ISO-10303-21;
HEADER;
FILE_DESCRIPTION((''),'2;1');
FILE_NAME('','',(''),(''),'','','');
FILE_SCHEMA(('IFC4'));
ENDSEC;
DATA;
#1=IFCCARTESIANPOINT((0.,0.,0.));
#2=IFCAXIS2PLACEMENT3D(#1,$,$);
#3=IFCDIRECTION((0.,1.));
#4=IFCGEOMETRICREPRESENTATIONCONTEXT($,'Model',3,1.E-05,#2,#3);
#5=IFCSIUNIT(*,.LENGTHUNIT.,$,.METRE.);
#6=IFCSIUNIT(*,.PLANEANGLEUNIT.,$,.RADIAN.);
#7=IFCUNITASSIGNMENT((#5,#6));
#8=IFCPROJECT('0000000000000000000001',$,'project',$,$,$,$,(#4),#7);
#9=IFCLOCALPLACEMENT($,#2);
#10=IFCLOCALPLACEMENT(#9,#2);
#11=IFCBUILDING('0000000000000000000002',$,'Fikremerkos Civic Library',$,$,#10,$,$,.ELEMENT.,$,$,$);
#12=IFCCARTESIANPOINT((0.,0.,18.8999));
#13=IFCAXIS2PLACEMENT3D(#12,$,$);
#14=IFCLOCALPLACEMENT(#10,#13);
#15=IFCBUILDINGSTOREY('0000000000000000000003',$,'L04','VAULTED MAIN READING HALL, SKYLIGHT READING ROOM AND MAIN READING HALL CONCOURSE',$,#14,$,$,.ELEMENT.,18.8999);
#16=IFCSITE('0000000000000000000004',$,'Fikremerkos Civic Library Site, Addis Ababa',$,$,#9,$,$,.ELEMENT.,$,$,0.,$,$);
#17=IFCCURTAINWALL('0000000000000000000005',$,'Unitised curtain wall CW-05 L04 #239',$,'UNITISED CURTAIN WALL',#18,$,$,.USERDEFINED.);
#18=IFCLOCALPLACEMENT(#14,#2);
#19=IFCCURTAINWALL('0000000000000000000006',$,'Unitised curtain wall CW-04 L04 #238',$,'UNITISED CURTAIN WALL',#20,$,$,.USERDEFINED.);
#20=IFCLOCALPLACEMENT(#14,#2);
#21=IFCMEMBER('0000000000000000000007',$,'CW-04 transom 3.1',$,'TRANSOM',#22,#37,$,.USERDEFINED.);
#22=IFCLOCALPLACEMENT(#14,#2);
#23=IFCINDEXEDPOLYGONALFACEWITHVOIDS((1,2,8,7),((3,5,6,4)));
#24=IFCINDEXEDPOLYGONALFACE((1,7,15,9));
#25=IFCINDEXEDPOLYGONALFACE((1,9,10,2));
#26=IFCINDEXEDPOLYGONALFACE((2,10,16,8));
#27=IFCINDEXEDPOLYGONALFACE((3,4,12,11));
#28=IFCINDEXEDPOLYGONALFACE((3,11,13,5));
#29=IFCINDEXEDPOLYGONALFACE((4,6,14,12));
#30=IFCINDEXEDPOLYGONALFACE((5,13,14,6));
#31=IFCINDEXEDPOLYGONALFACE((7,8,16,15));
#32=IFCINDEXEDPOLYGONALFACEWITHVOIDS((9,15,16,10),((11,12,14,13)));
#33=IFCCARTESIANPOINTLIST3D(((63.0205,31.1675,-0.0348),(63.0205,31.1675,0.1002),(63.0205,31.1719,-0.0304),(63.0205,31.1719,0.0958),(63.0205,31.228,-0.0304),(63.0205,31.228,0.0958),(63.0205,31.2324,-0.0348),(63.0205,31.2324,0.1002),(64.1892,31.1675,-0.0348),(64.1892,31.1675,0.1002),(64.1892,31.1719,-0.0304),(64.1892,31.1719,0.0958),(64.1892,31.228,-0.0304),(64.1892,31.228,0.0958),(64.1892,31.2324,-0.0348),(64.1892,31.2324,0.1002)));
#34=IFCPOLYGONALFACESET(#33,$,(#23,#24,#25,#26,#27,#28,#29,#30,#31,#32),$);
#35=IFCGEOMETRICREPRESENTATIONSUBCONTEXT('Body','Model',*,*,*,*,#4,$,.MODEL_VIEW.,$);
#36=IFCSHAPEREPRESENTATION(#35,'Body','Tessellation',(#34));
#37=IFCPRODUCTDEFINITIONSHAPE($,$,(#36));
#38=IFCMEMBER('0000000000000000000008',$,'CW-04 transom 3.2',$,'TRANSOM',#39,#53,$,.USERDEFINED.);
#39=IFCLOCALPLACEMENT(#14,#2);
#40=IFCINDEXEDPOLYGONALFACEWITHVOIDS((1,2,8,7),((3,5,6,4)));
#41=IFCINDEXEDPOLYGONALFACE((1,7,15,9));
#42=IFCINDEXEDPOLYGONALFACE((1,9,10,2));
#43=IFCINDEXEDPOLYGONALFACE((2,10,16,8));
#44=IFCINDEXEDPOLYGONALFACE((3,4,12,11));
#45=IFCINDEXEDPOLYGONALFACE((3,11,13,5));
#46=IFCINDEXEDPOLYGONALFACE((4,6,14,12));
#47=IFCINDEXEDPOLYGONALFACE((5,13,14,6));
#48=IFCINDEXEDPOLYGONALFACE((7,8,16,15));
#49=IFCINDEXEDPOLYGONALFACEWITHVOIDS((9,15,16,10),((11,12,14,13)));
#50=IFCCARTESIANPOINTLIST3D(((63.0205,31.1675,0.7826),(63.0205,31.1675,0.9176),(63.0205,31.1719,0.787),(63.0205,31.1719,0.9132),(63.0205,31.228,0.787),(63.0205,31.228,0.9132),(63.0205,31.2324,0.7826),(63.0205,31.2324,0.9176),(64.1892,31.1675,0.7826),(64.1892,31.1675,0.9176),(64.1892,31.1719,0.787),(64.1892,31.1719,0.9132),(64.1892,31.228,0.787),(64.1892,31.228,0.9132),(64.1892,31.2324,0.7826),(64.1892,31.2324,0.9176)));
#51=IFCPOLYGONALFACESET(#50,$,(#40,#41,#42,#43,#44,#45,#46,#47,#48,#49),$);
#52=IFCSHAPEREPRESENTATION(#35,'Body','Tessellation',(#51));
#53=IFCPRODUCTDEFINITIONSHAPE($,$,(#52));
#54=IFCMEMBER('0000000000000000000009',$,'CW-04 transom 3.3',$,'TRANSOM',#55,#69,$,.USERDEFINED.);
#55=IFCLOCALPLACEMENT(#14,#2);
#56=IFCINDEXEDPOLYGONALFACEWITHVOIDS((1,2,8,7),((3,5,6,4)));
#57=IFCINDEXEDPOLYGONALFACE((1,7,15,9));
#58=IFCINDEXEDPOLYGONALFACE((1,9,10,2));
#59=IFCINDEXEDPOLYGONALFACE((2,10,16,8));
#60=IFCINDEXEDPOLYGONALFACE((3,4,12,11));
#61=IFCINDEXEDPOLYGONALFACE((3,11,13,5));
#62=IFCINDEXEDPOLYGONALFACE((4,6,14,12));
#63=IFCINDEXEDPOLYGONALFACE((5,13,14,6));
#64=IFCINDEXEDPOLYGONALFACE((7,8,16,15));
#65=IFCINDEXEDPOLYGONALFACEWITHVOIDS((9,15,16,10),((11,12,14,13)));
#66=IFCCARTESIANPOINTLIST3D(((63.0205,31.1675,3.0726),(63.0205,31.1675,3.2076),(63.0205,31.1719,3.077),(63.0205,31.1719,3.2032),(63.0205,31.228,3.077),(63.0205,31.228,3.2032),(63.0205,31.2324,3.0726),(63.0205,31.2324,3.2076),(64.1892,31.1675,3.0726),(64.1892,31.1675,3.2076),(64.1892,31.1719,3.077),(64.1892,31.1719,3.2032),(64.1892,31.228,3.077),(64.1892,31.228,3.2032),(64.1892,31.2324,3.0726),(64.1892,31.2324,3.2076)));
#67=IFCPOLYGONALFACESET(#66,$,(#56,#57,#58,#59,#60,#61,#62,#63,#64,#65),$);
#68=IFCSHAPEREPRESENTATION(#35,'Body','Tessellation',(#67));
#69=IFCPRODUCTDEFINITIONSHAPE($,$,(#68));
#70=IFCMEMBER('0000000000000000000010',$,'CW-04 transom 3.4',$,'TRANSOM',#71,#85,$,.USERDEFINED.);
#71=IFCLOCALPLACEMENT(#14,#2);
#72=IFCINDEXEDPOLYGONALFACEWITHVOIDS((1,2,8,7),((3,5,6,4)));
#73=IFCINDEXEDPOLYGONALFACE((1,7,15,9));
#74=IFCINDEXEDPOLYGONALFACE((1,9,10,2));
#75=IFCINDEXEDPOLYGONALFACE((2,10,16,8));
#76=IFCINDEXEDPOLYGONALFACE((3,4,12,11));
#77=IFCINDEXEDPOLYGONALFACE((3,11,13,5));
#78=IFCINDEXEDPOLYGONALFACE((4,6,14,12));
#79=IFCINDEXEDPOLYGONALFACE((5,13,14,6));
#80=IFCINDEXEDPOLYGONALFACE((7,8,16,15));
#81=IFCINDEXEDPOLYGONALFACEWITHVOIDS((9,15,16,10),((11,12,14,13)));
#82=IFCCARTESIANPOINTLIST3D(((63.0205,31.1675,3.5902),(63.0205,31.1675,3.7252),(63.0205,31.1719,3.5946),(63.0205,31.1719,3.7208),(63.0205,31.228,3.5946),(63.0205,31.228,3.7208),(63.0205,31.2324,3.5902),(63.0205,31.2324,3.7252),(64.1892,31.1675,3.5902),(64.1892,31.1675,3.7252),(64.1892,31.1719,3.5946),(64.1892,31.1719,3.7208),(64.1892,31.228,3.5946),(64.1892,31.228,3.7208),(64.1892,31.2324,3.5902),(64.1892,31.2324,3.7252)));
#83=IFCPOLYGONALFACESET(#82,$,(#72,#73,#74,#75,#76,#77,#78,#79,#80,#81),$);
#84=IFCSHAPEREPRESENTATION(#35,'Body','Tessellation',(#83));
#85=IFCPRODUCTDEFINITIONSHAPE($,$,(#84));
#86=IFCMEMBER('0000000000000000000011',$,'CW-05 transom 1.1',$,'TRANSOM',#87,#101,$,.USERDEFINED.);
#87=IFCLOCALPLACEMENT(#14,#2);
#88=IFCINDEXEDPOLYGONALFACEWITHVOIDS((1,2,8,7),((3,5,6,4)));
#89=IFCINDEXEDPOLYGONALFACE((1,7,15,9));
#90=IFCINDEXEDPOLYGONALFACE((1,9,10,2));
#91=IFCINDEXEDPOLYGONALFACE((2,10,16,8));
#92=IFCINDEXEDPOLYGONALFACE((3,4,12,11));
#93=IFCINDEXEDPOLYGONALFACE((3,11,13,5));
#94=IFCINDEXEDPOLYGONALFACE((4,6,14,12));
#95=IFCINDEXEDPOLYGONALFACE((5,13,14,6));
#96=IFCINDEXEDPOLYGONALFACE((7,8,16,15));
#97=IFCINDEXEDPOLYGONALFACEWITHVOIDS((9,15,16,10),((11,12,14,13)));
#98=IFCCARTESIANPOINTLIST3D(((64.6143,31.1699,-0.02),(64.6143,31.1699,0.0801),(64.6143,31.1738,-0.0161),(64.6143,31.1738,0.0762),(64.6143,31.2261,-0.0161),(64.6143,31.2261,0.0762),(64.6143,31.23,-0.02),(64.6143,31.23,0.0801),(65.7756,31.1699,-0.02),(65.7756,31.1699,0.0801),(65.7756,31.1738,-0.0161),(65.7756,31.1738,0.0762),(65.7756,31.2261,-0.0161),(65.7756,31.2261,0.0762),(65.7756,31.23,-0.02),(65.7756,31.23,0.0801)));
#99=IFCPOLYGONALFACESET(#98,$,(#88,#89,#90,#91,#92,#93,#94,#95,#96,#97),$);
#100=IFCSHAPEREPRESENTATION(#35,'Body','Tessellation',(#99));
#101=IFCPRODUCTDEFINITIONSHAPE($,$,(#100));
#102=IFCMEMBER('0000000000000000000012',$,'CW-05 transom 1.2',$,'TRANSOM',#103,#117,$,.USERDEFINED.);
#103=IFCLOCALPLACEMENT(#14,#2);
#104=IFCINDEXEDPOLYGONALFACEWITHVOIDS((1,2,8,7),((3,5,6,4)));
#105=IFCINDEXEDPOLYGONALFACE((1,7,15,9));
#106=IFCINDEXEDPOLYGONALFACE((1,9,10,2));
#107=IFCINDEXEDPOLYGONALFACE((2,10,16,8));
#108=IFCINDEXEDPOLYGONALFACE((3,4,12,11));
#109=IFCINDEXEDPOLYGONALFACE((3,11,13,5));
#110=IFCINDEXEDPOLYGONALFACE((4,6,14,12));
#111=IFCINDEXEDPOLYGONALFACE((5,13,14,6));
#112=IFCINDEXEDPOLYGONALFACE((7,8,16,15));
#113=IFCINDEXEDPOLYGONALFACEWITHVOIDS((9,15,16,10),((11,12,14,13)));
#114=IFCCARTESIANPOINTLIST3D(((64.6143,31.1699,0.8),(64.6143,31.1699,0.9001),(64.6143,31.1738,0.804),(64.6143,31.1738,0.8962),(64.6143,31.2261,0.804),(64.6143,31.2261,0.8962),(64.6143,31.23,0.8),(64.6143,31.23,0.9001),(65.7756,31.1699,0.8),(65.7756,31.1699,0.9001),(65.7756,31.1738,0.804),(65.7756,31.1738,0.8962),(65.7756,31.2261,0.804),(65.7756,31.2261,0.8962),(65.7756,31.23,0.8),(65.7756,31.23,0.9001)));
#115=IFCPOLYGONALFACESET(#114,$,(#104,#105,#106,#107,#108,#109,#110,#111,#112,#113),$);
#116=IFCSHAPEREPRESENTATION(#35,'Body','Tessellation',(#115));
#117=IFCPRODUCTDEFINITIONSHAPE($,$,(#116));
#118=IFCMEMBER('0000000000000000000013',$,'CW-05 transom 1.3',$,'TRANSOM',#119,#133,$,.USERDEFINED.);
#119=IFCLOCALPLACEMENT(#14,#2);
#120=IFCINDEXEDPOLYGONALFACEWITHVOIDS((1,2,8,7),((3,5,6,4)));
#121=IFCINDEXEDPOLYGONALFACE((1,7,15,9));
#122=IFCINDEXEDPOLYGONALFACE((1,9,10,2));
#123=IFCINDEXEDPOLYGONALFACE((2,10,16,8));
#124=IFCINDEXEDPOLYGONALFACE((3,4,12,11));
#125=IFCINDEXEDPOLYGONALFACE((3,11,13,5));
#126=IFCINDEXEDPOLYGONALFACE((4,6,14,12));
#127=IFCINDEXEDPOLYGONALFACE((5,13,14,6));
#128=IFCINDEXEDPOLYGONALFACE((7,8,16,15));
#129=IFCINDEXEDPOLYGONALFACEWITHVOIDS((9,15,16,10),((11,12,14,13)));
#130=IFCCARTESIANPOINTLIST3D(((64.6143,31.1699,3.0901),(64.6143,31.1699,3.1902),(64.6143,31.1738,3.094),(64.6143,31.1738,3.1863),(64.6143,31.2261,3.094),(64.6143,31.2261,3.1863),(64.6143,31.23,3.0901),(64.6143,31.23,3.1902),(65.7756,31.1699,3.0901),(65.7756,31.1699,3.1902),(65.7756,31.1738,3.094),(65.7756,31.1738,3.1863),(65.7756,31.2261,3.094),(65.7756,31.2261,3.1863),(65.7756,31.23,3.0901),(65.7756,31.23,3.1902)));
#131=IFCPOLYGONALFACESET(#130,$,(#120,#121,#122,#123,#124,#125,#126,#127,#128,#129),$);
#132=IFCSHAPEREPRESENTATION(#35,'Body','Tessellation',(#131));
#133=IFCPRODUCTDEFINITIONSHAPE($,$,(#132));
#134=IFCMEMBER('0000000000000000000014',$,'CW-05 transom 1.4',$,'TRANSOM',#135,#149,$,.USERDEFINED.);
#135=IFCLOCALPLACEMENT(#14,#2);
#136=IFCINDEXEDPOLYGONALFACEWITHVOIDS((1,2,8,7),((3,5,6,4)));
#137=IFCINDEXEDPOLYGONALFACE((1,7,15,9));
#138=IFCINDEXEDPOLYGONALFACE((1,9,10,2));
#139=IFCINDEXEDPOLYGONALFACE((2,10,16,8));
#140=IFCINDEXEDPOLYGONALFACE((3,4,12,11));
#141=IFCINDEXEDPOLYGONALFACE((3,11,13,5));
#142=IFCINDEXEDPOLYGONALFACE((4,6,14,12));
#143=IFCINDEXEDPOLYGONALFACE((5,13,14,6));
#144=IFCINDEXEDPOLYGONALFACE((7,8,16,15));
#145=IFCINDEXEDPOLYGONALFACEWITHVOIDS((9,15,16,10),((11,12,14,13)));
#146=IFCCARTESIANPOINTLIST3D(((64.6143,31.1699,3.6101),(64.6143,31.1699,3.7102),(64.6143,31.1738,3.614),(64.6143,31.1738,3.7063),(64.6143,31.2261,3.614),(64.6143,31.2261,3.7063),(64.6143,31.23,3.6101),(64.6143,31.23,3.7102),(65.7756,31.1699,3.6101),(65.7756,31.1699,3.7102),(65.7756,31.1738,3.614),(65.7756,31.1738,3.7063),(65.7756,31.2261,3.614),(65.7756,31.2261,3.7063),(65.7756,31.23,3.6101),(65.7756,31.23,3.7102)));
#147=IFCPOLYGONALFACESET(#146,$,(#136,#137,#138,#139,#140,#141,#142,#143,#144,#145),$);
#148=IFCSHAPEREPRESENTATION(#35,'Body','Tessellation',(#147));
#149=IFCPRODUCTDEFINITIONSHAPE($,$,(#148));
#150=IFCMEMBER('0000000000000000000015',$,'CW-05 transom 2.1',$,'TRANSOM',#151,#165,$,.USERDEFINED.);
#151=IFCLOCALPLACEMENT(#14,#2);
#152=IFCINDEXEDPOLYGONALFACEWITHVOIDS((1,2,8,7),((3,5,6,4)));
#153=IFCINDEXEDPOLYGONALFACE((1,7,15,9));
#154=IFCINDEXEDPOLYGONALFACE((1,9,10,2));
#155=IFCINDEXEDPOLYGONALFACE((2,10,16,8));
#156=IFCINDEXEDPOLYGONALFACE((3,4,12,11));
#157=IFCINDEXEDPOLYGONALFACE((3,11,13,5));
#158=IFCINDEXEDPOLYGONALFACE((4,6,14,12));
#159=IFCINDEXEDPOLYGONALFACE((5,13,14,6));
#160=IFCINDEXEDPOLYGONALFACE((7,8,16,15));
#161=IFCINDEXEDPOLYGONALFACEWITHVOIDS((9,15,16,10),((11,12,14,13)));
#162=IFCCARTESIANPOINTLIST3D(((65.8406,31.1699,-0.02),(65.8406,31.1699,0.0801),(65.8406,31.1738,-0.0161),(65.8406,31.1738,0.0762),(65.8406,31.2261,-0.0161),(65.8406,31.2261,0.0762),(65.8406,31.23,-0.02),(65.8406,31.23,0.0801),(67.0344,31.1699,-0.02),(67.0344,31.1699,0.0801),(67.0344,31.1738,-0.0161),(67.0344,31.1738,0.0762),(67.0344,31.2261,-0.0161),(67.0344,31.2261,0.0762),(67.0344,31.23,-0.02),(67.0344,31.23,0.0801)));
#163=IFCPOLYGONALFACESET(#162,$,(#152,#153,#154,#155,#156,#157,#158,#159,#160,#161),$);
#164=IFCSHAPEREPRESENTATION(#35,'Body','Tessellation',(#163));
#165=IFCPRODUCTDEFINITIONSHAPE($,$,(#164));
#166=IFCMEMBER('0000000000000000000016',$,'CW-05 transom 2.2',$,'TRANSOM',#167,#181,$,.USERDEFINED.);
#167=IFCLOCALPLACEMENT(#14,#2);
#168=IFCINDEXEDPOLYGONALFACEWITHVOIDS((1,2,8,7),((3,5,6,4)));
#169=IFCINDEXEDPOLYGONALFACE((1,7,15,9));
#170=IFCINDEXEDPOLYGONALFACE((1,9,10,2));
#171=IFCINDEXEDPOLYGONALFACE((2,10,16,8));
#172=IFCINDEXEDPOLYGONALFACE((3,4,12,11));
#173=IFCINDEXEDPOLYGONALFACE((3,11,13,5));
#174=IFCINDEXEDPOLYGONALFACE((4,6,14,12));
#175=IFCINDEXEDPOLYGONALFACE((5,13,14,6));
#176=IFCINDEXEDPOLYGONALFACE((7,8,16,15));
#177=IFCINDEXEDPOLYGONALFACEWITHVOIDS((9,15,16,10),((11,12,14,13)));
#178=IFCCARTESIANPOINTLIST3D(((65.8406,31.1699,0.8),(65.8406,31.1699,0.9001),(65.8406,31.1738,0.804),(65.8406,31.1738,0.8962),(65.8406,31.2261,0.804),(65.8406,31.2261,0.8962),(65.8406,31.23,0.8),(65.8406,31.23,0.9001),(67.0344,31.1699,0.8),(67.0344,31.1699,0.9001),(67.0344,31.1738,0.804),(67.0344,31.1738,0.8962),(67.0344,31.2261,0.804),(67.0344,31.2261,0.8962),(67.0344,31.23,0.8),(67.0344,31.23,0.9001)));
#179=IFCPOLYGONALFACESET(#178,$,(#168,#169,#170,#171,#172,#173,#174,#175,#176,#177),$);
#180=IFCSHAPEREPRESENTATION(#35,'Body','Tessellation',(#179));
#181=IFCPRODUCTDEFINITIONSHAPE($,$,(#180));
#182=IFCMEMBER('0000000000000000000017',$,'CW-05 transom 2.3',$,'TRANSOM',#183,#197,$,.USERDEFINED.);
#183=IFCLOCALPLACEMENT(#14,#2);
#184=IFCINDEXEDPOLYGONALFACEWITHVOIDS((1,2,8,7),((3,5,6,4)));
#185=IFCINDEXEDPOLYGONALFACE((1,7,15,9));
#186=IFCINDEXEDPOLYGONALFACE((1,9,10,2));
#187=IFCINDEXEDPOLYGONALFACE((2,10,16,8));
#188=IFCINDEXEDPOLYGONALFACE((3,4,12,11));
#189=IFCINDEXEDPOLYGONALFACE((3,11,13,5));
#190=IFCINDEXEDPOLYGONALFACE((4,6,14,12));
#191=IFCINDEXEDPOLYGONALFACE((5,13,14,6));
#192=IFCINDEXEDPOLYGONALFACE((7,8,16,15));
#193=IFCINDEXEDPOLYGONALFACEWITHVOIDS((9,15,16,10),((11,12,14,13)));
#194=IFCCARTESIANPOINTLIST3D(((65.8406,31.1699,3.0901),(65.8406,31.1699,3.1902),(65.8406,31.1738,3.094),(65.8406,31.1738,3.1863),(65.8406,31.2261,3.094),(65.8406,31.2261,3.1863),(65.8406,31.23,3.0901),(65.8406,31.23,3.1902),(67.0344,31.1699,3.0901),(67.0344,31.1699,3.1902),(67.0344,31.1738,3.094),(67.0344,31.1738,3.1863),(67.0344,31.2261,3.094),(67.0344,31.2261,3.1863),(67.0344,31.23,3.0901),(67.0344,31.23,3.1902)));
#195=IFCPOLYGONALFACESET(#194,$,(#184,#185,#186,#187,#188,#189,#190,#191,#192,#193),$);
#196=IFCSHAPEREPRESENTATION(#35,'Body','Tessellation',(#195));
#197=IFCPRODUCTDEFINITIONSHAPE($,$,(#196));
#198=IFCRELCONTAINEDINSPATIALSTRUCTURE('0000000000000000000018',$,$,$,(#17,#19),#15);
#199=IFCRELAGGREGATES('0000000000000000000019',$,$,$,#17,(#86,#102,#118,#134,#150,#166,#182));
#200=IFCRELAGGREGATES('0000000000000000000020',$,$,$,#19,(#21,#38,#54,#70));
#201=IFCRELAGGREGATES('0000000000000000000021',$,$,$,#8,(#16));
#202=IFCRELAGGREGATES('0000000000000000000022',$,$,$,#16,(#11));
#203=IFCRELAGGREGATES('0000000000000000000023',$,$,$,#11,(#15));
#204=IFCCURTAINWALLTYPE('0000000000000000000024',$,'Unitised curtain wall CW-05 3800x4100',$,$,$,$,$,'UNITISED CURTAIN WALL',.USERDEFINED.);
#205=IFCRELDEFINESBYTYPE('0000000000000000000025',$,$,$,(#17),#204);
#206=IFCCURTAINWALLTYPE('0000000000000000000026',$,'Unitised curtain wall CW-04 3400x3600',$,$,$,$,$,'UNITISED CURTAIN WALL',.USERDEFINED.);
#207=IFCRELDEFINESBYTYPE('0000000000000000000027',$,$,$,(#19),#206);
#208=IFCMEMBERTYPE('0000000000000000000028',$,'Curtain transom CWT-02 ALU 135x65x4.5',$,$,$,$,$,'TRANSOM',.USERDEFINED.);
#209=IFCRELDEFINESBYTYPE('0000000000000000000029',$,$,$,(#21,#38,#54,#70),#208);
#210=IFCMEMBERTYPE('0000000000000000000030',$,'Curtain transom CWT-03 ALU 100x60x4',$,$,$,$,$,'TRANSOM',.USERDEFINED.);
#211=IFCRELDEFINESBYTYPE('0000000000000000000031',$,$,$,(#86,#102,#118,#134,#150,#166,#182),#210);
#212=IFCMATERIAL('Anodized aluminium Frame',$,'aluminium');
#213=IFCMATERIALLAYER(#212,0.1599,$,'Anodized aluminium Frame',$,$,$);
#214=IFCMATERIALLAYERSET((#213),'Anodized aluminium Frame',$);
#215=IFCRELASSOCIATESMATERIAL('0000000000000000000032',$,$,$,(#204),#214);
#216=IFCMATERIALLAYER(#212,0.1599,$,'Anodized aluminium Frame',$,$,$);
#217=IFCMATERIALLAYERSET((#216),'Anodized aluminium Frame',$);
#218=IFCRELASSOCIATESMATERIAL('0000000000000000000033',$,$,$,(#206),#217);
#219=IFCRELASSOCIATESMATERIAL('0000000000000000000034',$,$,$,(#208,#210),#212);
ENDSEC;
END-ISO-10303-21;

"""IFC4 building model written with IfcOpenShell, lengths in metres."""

from ifc_helpers import new_model, si_unit, direction, frame, origin, origin_2d, place, context, subcontext, project, spatial, hollow_rectangle, extrude, material, layer, layer_set, material_profile, profile_set, type_object, element, aggregate, save


model = new_model("IFC4")

# Units and contexts
model_context = context("Model", 3, precision=1e-05, world=origin(), true_north=direction((0.0, 1.0)))
body_context = subcontext(model_context, "Body", "Model", "MODEL_VIEW")
ifc_project = project(units=[si_unit("LENGTHUNIT", "METRE"), si_unit("PLANEANGLEUNIT", "RADIAN")], contexts=[model_context])

# Site, building, storey
site_placement = place(None, origin())
site = spatial("IfcSite", under=ifc_project, at=site_placement, Name="Fikremerkos Civic Library Site, Addis Ababa", CompositionType="ELEMENT", RefElevation=0.0)
building_placement = place(site_placement, origin())
building = spatial("IfcBuilding", under=site, at=building_placement, Name="Fikremerkos Civic Library", CompositionType="ELEMENT")
storey_placement = place(building_placement, frame((0.0, 0.0, 18.8999)))
storey = spatial("IfcBuildingStorey", under=building, at=storey_placement, Name="L04", Description="VAULTED MAIN READING HALL, SKYLIGHT READING ROOM AND MAIN READING HALL CONCOURSE", CompositionType="ELEMENT", Elevation=18.8999)

# Curtain walls, members
ifc_material_1 = material(Name="Anodized aluminium Frame", Category="aluminium")
ifc_layer_1 = layer(ifc_material_1, 0.1599, Name="Anodized aluminium Frame")
ifc_layer_set_1 = layer_set([ifc_layer_1], Name="Anodized aluminium Frame")
curtain_wall_type_1 = type_object("IfcCurtainWallType", Name="Unitised curtain wall CW-05 3800x4100", ElementType="UNITISED CURTAIN WALL", PredefinedType="USERDEFINED", material=ifc_layer_set_1)
curtain_wall_1_placement = place(storey_placement, origin())
curtain_wall_1 = element("IfcCurtainWall", 1, at=curtain_wall_1_placement, inside=storey, type_object=curtain_wall_type_1, Name="Unitised curtain wall CW-05 L04 #239", ObjectType="UNITISED CURTAIN WALL", PredefinedType="USERDEFINED")
ifc_layer_2 = layer(ifc_material_1, 0.1599, Name="Anodized aluminium Frame")
ifc_layer_set_2 = layer_set([ifc_layer_2], Name="Anodized aluminium Frame")
curtain_wall_type_2 = type_object("IfcCurtainWallType", Name="Unitised curtain wall CW-04 3400x3600", ElementType="UNITISED CURTAIN WALL", PredefinedType="USERDEFINED", material=ifc_layer_set_2)
curtain_wall_2_placement = place(storey_placement, origin())
curtain_wall_2 = element("IfcCurtainWall", 2, at=curtain_wall_2_placement, inside=storey, type_object=curtain_wall_type_2, Name="Unitised curtain wall CW-04 L04 #238", ObjectType="UNITISED CURTAIN WALL", PredefinedType="USERDEFINED")
ifc_material_profile_1 = material_profile(ifc_material_1, hollow_rectangle(XDim=0.0649, YDim=0.135, WallThickness=0.0044, at=origin_2d()), Name="ALU 135x65x4.5")
ifc_profile_set_1 = profile_set([ifc_material_profile_1], Name="Anodized aluminium Frame")
member_type_1 = type_object("IfcMemberType", Name="Curtain transom CWT-02 ALU 135x65x4.5", ElementType="TRANSOM", PredefinedType="USERDEFINED", material=ifc_profile_set_1)
member_1_placement = place(storey_placement, frame((63.0205, 31.2, 0.0327), z_axis=(1.0, 0.0, 0.0), x_axis=(0.0, 1.0, 0.0)))
member_1 = element("IfcMember", 3, at=member_1_placement, type_object=member_type_1, Name="CW-04 transom 3.1", ObjectType="TRANSOM", PredefinedType="USERDEFINED", context=body_context, shape_type="SweptSolid", body=[
    extrude(hollow_rectangle(XDim=0.0649, YDim=0.135, WallThickness=0.0044, at=origin_2d()), origin(), (0.0, 0.0, 1.0), 1.1687),
])
member_2_placement = place(storey_placement, frame((63.0205, 31.2, 0.8501), z_axis=(1.0, 0.0, 0.0), x_axis=(0.0, 1.0, 0.0)))
member_2 = element("IfcMember", 4, at=member_2_placement, type_object=member_type_1, Name="CW-04 transom 3.2", ObjectType="TRANSOM", PredefinedType="USERDEFINED", context=body_context, shape_type="SweptSolid", body=[
    extrude(hollow_rectangle(XDim=0.0649, YDim=0.135, WallThickness=0.0044, at=origin_2d()), origin(), (0.0, 0.0, 1.0), 1.1687),
])
member_3_placement = place(storey_placement, frame((63.0205, 31.2, 3.1401), z_axis=(1.0, 0.0, 0.0), x_axis=(0.0, 1.0, 0.0)))
member_3 = element("IfcMember", 5, at=member_3_placement, type_object=member_type_1, Name="CW-04 transom 3.3", ObjectType="TRANSOM", PredefinedType="USERDEFINED", context=body_context, shape_type="SweptSolid", body=[
    extrude(hollow_rectangle(XDim=0.0649, YDim=0.135, WallThickness=0.0044, at=origin_2d()), origin(), (0.0, 0.0, 1.0), 1.1687),
])
member_4_placement = place(storey_placement, frame((63.0205, 31.2, 3.6577), z_axis=(1.0, 0.0, 0.0), x_axis=(0.0, 1.0, 0.0)))
member_4 = element("IfcMember", 6, at=member_4_placement, type_object=member_type_1, Name="CW-04 transom 3.4", ObjectType="TRANSOM", PredefinedType="USERDEFINED", context=body_context, shape_type="SweptSolid", body=[
    extrude(hollow_rectangle(XDim=0.0649, YDim=0.135, WallThickness=0.0044, at=origin_2d()), origin(), (0.0, 0.0, 1.0), 1.1687),
])

# Members
ifc_material_profile_2 = material_profile(ifc_material_1, hollow_rectangle(XDim=0.0601, YDim=0.1001, WallThickness=0.0039, at=origin_2d()), Name="ALU 100x60x4")
ifc_profile_set_2 = profile_set([ifc_material_profile_2], Name="Anodized aluminium Frame")
member_type_2 = type_object("IfcMemberType", Name="Curtain transom CWT-03 ALU 100x60x4", ElementType="TRANSOM", PredefinedType="USERDEFINED", material=ifc_profile_set_2)
member_5_placement = place(storey_placement, frame((64.6143, 31.2, 0.03), z_axis=(1.0, 0.0, 0.0), x_axis=(0.0, 1.0, 0.0)))
member_5 = element("IfcMember", 7, at=member_5_placement, type_object=member_type_2, Name="CW-05 transom 1.1", ObjectType="TRANSOM", PredefinedType="USERDEFINED", context=body_context, shape_type="SweptSolid", body=[
    extrude(hollow_rectangle(XDim=0.0601, YDim=0.1001, WallThickness=0.0039, at=origin_2d()), origin(), (0.0, 0.0, 1.0), 1.1614),
])
member_6_placement = place(storey_placement, frame((64.6143, 31.2, 0.8501), z_axis=(1.0, 0.0, 0.0), x_axis=(0.0, 1.0, 0.0)))
member_6 = element("IfcMember", 8, at=member_6_placement, type_object=member_type_2, Name="CW-05 transom 1.2", ObjectType="TRANSOM", PredefinedType="USERDEFINED", context=body_context, shape_type="SweptSolid", body=[
    extrude(hollow_rectangle(XDim=0.0601, YDim=0.1001, WallThickness=0.0039, at=origin_2d()), origin(), (0.0, 0.0, 1.0), 1.1614),
])
member_7_placement = place(storey_placement, frame((64.6143, 31.2, 3.1401), z_axis=(1.0, 0.0, 0.0), x_axis=(0.0, 1.0, 0.0)))
member_7 = element("IfcMember", 9, at=member_7_placement, type_object=member_type_2, Name="CW-05 transom 1.3", ObjectType="TRANSOM", PredefinedType="USERDEFINED", context=body_context, shape_type="SweptSolid", body=[
    extrude(hollow_rectangle(XDim=0.0601, YDim=0.1001, WallThickness=0.0039, at=origin_2d()), origin(), (0.0, 0.0, 1.0), 1.1614),
])
member_8_placement = place(storey_placement, frame((64.6143, 31.2, 3.6602), z_axis=(1.0, 0.0, 0.0), x_axis=(0.0, 1.0, 0.0)))
member_8 = element("IfcMember", 10, at=member_8_placement, type_object=member_type_2, Name="CW-05 transom 1.4", ObjectType="TRANSOM", PredefinedType="USERDEFINED", context=body_context, shape_type="SweptSolid", body=[
    extrude(hollow_rectangle(XDim=0.0601, YDim=0.1001, WallThickness=0.0039, at=origin_2d()), origin(), (0.0, 0.0, 1.0), 1.1614),
])
member_9_placement = place(storey_placement, frame((65.8406, 31.2, 0.03), z_axis=(1.0, 0.0, 0.0), x_axis=(0.0, 1.0, 0.0)))
member_9 = element("IfcMember", 11, at=member_9_placement, type_object=member_type_2, Name="CW-05 transom 2.1", ObjectType="TRANSOM", PredefinedType="USERDEFINED", context=body_context, shape_type="SweptSolid", body=[
    extrude(hollow_rectangle(XDim=0.0601, YDim=0.1001, WallThickness=0.0039, at=origin_2d()), origin(), (0.0, 0.0, 1.0), 1.1938),
])
member_10_placement = place(storey_placement, frame((65.8406, 31.2, 0.8501), z_axis=(1.0, 0.0, 0.0), x_axis=(0.0, 1.0, 0.0)))
member_10 = element("IfcMember", 12, at=member_10_placement, type_object=member_type_2, Name="CW-05 transom 2.2", ObjectType="TRANSOM", PredefinedType="USERDEFINED", context=body_context, shape_type="SweptSolid", body=[
    extrude(hollow_rectangle(XDim=0.0601, YDim=0.1001, WallThickness=0.0039, at=origin_2d()), origin(), (0.0, 0.0, 1.0), 1.1938),
])
member_11_placement = place(storey_placement, frame((65.8406, 31.2, 3.1401), z_axis=(1.0, 0.0, 0.0), x_axis=(0.0, 1.0, 0.0)))
member_11 = element("IfcMember", 13, at=member_11_placement, type_object=member_type_2, Name="CW-05 transom 2.3", ObjectType="TRANSOM", PredefinedType="USERDEFINED", context=body_context, shape_type="SweptSolid", body=[
    extrude(hollow_rectangle(XDim=0.0601, YDim=0.1001, WallThickness=0.0039, at=origin_2d()), origin(), (0.0, 0.0, 1.0), 1.1938),
])

aggregate(curtain_wall_1, [member_5, member_6, member_7, member_8, member_9, member_10, member_11])
aggregate(curtain_wall_2, [member_1, member_2, member_3, member_4])

save(model, "model.ifc")
